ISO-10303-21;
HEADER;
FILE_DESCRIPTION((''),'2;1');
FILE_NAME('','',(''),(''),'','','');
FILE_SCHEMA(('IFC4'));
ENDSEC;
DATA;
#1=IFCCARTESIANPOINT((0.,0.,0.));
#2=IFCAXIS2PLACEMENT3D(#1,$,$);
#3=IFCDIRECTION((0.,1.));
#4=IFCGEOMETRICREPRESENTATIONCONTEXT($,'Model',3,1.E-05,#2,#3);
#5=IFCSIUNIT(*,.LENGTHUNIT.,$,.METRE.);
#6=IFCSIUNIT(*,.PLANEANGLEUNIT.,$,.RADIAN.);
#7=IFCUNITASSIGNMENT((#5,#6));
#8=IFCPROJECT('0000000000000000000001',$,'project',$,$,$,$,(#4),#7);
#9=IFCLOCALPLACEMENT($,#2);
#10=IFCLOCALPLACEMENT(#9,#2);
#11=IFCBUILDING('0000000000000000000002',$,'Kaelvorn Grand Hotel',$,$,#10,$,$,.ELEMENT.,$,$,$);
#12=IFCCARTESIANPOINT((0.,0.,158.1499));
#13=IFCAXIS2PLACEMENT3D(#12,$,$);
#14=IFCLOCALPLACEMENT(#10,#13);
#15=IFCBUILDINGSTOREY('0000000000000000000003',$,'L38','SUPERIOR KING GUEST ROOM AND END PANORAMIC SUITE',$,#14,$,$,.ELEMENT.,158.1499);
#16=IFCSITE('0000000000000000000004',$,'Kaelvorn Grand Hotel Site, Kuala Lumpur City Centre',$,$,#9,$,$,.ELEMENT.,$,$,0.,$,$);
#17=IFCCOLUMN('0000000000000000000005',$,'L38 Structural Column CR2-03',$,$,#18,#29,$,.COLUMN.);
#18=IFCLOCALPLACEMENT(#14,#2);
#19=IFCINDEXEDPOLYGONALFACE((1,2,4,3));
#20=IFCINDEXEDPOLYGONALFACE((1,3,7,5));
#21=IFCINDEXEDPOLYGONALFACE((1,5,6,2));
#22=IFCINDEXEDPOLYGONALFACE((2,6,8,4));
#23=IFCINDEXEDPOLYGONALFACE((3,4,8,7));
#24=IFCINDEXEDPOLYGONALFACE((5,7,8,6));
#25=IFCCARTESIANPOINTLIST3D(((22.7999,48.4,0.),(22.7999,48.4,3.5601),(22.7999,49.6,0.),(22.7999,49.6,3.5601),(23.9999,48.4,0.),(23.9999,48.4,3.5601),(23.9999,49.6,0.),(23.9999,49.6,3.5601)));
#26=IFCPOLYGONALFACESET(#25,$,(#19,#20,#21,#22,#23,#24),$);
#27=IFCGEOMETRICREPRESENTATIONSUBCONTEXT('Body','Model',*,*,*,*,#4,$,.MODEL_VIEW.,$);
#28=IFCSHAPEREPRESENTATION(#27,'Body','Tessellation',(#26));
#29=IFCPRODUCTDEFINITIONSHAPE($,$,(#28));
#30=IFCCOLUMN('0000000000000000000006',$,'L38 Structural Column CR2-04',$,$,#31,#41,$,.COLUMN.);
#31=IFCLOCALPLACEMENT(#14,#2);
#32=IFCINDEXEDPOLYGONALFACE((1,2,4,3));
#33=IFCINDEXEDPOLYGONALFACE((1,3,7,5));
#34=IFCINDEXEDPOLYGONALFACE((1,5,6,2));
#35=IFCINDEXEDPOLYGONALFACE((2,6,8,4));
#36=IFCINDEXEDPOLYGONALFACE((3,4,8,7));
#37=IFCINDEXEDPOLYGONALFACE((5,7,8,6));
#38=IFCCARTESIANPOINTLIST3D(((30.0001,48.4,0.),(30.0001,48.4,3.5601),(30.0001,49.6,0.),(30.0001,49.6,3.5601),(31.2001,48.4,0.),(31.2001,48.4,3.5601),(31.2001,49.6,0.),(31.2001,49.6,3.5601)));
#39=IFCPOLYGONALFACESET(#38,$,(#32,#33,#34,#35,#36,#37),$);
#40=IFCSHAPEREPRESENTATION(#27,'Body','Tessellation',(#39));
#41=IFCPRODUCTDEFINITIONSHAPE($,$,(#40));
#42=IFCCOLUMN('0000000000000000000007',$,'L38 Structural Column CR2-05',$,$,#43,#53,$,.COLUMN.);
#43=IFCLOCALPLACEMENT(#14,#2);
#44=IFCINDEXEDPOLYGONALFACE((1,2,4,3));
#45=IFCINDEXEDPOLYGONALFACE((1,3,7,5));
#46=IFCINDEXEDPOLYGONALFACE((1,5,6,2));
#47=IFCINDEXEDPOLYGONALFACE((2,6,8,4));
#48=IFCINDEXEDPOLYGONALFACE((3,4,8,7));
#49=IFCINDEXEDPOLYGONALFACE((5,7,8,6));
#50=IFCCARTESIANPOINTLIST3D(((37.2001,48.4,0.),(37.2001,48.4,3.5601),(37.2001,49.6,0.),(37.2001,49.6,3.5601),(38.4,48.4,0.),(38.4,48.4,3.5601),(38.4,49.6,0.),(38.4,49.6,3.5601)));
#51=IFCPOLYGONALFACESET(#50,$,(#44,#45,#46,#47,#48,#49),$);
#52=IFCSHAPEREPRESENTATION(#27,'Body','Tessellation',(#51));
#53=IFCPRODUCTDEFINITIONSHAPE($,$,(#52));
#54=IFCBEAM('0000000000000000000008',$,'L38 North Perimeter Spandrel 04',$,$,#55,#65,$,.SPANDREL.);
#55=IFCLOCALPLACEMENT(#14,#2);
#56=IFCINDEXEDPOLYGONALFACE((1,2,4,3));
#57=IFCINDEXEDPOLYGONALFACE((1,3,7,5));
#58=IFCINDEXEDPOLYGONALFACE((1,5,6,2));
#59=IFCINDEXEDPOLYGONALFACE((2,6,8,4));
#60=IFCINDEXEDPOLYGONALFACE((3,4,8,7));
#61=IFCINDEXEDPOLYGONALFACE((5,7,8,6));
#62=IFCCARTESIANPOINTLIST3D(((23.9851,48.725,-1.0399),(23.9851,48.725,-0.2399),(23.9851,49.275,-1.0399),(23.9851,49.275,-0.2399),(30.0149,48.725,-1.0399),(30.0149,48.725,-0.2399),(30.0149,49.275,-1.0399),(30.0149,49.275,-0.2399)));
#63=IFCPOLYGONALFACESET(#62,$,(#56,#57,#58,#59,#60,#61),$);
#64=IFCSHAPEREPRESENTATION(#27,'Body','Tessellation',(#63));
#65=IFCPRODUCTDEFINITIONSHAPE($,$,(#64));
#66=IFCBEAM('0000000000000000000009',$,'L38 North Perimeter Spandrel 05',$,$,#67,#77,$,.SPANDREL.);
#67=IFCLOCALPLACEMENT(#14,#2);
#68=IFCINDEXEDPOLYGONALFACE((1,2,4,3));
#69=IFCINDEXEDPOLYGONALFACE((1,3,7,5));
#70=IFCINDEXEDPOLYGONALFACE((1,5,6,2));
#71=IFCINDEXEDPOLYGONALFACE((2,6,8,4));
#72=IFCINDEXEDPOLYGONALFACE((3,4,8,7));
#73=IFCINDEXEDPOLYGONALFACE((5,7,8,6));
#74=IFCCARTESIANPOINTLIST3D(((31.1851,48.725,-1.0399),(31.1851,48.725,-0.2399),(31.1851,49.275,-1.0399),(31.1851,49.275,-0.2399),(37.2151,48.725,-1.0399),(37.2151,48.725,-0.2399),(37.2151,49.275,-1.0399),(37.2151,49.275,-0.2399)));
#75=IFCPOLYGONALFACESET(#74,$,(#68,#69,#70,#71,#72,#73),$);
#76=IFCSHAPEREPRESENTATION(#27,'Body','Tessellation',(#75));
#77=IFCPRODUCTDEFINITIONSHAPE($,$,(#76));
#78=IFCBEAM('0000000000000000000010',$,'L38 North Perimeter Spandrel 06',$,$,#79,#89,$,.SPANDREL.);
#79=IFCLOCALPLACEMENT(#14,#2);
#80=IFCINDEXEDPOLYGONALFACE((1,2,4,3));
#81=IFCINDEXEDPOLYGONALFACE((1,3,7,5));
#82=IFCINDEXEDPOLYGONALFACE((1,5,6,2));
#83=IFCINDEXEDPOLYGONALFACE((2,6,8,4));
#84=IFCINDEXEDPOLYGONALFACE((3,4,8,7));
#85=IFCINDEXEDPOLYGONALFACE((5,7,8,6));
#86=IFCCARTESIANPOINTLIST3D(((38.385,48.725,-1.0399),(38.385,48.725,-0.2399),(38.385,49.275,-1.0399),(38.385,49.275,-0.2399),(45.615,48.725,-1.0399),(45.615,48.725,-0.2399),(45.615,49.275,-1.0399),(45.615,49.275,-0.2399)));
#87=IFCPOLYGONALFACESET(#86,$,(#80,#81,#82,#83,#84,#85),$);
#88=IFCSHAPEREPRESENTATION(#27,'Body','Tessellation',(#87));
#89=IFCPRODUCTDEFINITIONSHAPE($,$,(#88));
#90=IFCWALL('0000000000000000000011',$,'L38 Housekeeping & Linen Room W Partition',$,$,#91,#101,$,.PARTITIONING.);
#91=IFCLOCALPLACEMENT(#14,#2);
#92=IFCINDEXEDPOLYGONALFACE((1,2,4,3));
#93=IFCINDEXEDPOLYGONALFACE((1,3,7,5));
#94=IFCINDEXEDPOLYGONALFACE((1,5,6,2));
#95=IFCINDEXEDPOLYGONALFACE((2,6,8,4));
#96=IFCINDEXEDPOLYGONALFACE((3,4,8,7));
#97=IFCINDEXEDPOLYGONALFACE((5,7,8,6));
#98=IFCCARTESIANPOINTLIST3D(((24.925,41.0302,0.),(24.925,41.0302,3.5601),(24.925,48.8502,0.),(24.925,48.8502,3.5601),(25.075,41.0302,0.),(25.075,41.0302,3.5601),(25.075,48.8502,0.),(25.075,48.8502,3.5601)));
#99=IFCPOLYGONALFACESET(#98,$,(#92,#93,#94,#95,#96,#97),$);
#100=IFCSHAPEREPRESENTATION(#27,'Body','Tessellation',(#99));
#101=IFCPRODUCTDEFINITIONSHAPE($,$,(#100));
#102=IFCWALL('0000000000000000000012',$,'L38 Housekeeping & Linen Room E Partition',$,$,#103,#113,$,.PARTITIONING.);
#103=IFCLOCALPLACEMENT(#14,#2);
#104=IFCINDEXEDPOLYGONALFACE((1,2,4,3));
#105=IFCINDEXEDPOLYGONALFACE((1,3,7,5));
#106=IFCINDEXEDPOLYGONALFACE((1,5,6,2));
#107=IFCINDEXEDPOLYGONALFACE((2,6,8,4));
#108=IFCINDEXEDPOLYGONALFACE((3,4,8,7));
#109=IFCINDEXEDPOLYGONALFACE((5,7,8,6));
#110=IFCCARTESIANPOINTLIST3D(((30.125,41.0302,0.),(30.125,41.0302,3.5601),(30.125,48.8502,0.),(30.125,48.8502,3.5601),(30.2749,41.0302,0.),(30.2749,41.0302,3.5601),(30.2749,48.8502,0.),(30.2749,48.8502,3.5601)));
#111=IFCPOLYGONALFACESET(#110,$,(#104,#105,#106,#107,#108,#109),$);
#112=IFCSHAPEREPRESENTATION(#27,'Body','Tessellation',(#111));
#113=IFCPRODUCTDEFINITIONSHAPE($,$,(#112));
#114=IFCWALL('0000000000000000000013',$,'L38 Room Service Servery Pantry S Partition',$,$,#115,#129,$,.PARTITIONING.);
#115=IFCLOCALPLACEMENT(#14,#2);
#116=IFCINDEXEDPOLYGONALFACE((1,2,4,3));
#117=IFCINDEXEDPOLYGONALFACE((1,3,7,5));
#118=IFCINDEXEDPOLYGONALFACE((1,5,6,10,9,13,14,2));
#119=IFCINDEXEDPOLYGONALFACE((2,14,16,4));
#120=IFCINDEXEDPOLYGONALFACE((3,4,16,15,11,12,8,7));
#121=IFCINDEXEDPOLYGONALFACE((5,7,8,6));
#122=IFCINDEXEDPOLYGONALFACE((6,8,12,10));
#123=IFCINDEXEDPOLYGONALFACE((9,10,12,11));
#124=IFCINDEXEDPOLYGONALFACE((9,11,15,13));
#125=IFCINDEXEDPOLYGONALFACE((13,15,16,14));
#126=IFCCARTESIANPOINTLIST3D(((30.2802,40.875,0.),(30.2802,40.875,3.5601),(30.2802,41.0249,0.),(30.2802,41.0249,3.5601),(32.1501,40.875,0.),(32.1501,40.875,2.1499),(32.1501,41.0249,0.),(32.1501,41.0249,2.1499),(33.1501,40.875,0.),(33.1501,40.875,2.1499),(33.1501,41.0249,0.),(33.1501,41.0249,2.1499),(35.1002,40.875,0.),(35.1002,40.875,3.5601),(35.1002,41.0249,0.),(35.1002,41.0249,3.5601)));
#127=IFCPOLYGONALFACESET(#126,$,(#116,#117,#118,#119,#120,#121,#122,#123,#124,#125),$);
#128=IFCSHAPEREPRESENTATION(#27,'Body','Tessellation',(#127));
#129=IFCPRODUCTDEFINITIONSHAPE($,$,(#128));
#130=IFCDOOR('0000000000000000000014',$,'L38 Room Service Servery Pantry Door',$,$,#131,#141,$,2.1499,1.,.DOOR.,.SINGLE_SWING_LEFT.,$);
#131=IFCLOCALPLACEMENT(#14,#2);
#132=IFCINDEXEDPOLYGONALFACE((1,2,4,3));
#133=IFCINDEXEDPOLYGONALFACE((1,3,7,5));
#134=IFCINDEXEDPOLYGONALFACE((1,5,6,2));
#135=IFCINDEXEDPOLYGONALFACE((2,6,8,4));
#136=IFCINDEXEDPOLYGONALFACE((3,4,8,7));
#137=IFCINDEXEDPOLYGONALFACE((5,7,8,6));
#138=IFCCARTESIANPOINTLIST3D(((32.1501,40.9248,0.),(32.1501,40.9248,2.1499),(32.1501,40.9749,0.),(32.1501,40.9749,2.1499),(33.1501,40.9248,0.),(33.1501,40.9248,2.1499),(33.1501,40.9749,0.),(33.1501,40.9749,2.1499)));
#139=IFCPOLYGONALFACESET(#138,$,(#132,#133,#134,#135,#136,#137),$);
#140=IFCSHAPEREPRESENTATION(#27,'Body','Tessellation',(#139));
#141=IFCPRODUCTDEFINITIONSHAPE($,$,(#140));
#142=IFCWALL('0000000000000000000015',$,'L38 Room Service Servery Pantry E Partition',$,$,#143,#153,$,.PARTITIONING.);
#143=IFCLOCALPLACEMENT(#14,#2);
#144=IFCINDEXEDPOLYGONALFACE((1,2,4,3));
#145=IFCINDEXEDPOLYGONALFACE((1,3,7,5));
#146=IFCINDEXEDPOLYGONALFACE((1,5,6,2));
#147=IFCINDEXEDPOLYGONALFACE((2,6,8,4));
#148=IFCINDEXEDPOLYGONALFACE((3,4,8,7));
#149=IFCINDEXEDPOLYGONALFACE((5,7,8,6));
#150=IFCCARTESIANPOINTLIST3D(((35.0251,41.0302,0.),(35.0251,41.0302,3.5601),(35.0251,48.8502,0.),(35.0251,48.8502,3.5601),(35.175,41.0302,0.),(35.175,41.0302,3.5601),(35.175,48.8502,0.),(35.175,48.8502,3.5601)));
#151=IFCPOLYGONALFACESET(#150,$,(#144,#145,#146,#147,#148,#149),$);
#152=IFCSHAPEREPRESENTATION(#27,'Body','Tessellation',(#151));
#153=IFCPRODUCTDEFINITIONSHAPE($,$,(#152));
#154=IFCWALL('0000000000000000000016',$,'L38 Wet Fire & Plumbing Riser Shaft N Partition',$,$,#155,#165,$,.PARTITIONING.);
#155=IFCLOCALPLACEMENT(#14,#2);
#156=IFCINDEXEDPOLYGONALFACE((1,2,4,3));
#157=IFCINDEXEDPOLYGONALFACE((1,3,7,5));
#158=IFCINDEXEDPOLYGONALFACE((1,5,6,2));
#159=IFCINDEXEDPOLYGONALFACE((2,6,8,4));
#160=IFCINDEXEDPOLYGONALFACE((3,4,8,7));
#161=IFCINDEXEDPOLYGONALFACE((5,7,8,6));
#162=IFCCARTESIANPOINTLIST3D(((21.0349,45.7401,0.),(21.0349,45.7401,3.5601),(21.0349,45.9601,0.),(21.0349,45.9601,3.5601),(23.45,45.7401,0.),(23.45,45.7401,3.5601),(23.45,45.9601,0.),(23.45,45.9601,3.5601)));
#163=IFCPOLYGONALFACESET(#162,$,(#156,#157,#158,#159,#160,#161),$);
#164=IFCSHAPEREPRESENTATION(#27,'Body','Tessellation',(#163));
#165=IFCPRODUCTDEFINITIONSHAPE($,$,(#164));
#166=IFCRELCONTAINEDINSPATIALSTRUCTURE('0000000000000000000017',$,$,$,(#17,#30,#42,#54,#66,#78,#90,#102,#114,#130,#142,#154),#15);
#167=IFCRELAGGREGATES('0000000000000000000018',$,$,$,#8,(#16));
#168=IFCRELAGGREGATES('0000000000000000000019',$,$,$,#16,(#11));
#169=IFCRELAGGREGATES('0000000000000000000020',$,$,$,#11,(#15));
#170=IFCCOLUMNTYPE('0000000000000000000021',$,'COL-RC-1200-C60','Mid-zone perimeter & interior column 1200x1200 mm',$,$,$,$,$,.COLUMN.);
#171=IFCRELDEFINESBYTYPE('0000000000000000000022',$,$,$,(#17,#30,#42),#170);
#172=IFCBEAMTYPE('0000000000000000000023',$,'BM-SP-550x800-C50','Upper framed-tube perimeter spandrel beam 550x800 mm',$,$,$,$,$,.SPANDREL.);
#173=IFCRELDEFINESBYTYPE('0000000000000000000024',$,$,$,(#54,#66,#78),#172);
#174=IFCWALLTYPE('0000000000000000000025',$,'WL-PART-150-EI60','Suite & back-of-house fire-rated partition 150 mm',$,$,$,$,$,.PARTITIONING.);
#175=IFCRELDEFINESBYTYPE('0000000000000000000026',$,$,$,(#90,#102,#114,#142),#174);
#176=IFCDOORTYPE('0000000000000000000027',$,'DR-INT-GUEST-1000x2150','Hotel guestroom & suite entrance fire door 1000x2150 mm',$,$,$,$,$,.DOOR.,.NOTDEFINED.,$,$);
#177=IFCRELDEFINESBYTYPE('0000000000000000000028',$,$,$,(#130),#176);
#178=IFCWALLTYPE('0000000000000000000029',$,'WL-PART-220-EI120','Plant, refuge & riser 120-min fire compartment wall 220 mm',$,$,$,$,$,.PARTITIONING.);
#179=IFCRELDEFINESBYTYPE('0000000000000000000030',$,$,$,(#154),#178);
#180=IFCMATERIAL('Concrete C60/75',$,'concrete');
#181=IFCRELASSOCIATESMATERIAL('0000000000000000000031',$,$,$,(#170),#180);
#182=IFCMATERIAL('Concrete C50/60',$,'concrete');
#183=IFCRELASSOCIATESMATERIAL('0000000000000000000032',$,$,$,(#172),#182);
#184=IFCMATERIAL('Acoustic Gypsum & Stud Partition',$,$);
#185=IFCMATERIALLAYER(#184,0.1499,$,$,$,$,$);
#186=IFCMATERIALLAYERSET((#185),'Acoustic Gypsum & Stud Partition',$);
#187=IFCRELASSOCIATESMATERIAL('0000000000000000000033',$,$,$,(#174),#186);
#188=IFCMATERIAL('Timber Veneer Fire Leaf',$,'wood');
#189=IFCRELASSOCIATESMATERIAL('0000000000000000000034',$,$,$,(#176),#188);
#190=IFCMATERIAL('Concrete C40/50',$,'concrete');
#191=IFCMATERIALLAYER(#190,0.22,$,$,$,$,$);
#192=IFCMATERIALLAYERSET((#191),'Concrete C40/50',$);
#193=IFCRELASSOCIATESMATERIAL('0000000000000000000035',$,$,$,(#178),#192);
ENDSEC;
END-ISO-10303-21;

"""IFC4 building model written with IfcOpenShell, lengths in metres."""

from ifc_helpers import new_model, si_unit, direction, frame, frame_2d, origin, origin_2d, place, context, subcontext, project, spatial, rectangle, extrude, material, layer, layer_set, material_profile, profile_set, type_object, element, fill, save


model = new_model("IFC4")

# Units and contexts
model_context = context("Model", 3, precision=1e-05, world=origin(), true_north=direction((0.0, 1.0)))
body_context = subcontext(model_context, "Body", "Model", "MODEL_VIEW")
ifc_project = project(units=[si_unit("LENGTHUNIT", "METRE"), si_unit("PLANEANGLEUNIT", "RADIAN")], contexts=[model_context])

# Site, building, storey
site_placement = place(None, origin())
site = spatial("IfcSite", under=ifc_project, at=site_placement, Name="Kaelvorn Grand Hotel Site, Kuala Lumpur City Centre", CompositionType="ELEMENT", RefElevation=0.0)
building_placement = place(site_placement, origin())
building = spatial("IfcBuilding", under=site, at=building_placement, Name="Kaelvorn Grand Hotel", CompositionType="ELEMENT")
storey_placement = place(building_placement, frame((0.0, 0.0, 158.1499)))
storey = spatial("IfcBuildingStorey", under=building, at=storey_placement, Name="L38", Description="SUPERIOR KING GUEST ROOM AND END PANORAMIC SUITE", CompositionType="ELEMENT", Elevation=158.1499)

# Columns
ifc_material_1 = material(Name="Concrete C60/75", Category="concrete")
ifc_material_profile_1 = material_profile(ifc_material_1, rectangle(XDim=1.2, YDim=1.2, at=origin_2d()), Name="RC COL 1200x1200")
ifc_profile_set_1 = profile_set([ifc_material_profile_1], Name="Concrete C60/75")
column_type = type_object("IfcColumnType", Name="COL-RC-1200-C60", Description="Mid-zone perimeter & interior column 1200x1200 mm", PredefinedType="COLUMN", material=ifc_profile_set_1)
for number, where, z_axis, x_axis, name in (
    (1, (23.3999, 49.0, 0.0), (0.0, 0.0, 1.0), (1.0, 0.0, 0.0), "L38 Structural Column CR2-03"),
    (2, (30.6001, 49.0, 0.0), (0.0, 0.0, 1.0), (1.0, 0.0, 0.0), "L38 Structural Column CR2-04"),
    (3, (37.8, 49.0, 0.0), (0.0, 0.0, 1.0), (1.0, 0.0, 0.0), "L38 Structural Column CR2-05"),
):
    element("IfcColumn", number, at=place(storey_placement, frame(where, z_axis=z_axis, x_axis=x_axis)), inside=storey, type_object=column_type, Name=name, PredefinedType="COLUMN", context=body_context, shape_type="SweptSolid", body=[
        extrude(rectangle(XDim=1.2, YDim=1.2, at=origin_2d()), origin(), (0.0, 0.0, 1.0), 3.5601),
    ])

# Beams
ifc_material_2 = material(Name="Concrete C50/60", Category="concrete")
ifc_material_profile_2 = material_profile(ifc_material_2, rectangle(XDim=0.55, YDim=0.8, at=origin_2d()), Name="RC SPANDREL 550x800")
ifc_profile_set_2 = profile_set([ifc_material_profile_2], Name="Concrete C50/60")
beam_type = type_object("IfcBeamType", Name="BM-SP-550x800-C50", Description="Upper framed-tube perimeter spandrel beam 550x800 mm", PredefinedType="SPANDREL", material=ifc_profile_set_2)
beam_1_placement = place(storey_placement, frame((23.9851, 49.0, -0.6399), z_axis=(1.0, 0.0, 0.0), x_axis=(0.0, 1.0, 0.0)))
element("IfcBeam", 4, at=beam_1_placement, inside=storey, type_object=beam_type, Name="L38 North Perimeter Spandrel 04", PredefinedType="SPANDREL", context=body_context, shape_type="SweptSolid", body=[
    extrude(rectangle(XDim=0.55, YDim=0.8, at=origin_2d()), origin(), (0.0, 0.0, 1.0), 6.0298),
])
beam_2_placement = place(storey_placement, frame((31.1851, 49.0, -0.6399), z_axis=(1.0, 0.0, 0.0), x_axis=(0.0, 1.0, 0.0)))
element("IfcBeam", 5, at=beam_2_placement, inside=storey, type_object=beam_type, Name="L38 North Perimeter Spandrel 05", PredefinedType="SPANDREL", context=body_context, shape_type="SweptSolid", body=[
    extrude(rectangle(XDim=0.55, YDim=0.8, at=origin_2d()), origin(), (0.0, 0.0, 1.0), 6.03),
])
beam_3_placement = place(storey_placement, frame((38.385, 49.0, -0.6399), z_axis=(1.0, 0.0, 0.0), x_axis=(0.0, 1.0, 0.0)))
element("IfcBeam", 6, at=beam_3_placement, inside=storey, type_object=beam_type, Name="L38 North Perimeter Spandrel 06", PredefinedType="SPANDREL", context=body_context, shape_type="SweptSolid", body=[
    extrude(rectangle(XDim=0.55, YDim=0.8, at=origin_2d()), origin(), (0.0, 0.0, 1.0), 7.23),
])

# Walls
ifc_material_3 = material(Name="Acoustic Gypsum & Stud Partition")
ifc_layer_1 = layer(ifc_material_3, 0.1499)
ifc_layer_set_1 = layer_set([ifc_layer_1], Name="Acoustic Gypsum & Stud Partition")
wall_type_1 = type_object("IfcWallType", Name="WL-PART-150-EI60", Description="Suite & back-of-house fire-rated partition 150 mm", PredefinedType="PARTITIONING", material=ifc_layer_set_1)
for number, where, z_axis, x_axis, name in (
    (7, (25.0, 41.03, 0.0), (0.0, 0.0, 1.0), (0.0, 1.0, 0.0), "L38 Housekeeping & Linen Room W Partition"),
    (8, (30.2, 41.03, 0.0), (0.0, 0.0, 1.0), (0.0, 1.0, 0.0), "L38 Housekeeping & Linen Room E Partition"),
):
    element("IfcWall", number, at=place(storey_placement, frame(where, z_axis=z_axis, x_axis=x_axis)), inside=storey, type_object=wall_type_1, Name=name, PredefinedType="PARTITIONING", context=body_context, shape_type="SweptSolid", body=[
        extrude(rectangle(XDim=7.8201, YDim=0.1499, at=frame_2d((3.9102, 0.0))), origin(), (0.0, 0.0, 1.0), 3.5601),
    ])

# Wall, opening, door
wall_1_placement = place(storey_placement, frame((30.28, 40.95, 0.0), z_axis=(0.0, 0.0, 1.0), x_axis=(1.0, 0.0, 0.0)))
wall_1 = element("IfcWall", 9, at=wall_1_placement, inside=storey, type_object=wall_type_1, Name="L38 Room Service Servery Pantry S Partition", PredefinedType="PARTITIONING", context=body_context, shape_type="SweptSolid", body=[
    extrude(rectangle(XDim=4.8201, YDim=0.1499, at=frame_2d((2.4102, 0.0))), origin(), (0.0, 0.0, 1.0), 3.5601),
])
opening_1_placement = place(wall_1_placement, frame((1.8701, 0.0, 0.0)))
opening_1 = element("IfcOpeningElement", 10, at=opening_1_placement, cuts=wall_1, PredefinedType="OPENING", context=body_context, shape_type="SweptSolid", body=[
    extrude(rectangle(XDim=1.0, YDim=2.1499, at=frame_2d((0.5, 1.075))), frame((0.0, 0.085, 0.0), z_axis=(0.0, -1.0, 0.0), x_axis=(1.0, 0.0, 0.0)), (0.0, 0.0, 1.0), 0.1699),
])
ifc_material_4 = material(Name="Timber Veneer Fire Leaf", Category="wood")
door_type_1 = type_object("IfcDoorType", Name="DR-INT-GUEST-1000x2150", Description="Hotel guestroom & suite entrance fire door 1000x2150 mm", OperationType="NOTDEFINED", PredefinedType="DOOR", material=ifc_material_4)
door_1_placement = place(opening_1_placement, origin())
door_1 = element("IfcDoor", 11, at=door_1_placement, inside=storey, type_object=door_type_1, Name="L38 Room Service Servery Pantry Door", OperationType="SINGLE_SWING_LEFT", OverallHeight=2.1499, OverallWidth=1.0, PredefinedType="DOOR", context=body_context, shape_type="SweptSolid", body=[
    extrude(rectangle(XDim=1.0, YDim=2.1499, at=frame_2d((0.5, 1.075))), frame((0.0, 0.0249, 0.0), z_axis=(0.0, -1.0, 0.0), x_axis=(1.0, 0.0, 0.0)), (0.0, 0.0, 1.0), 0.05),
])
fill(opening_1, door_1)

# Walls
wall_2_placement = place(storey_placement, frame((35.1001, 41.03, 0.0), z_axis=(0.0, 0.0, 1.0), x_axis=(0.0, 1.0, 0.0)))
element("IfcWall", 12, at=wall_2_placement, inside=storey, type_object=wall_type_1, Name="L38 Room Service Servery Pantry E Partition", PredefinedType="PARTITIONING", context=body_context, shape_type="SweptSolid", body=[
    extrude(rectangle(XDim=7.8201, YDim=0.1499, at=frame_2d((3.9102, 0.0))), origin(), (0.0, 0.0, 1.0), 3.5601),
])
ifc_material_5 = material(Name="Concrete C40/50", Category="concrete")
ifc_layer_2 = layer(ifc_material_5, 0.22)
ifc_layer_set_2 = layer_set([ifc_layer_2], Name="Concrete C40/50")
wall_type_2 = type_object("IfcWallType", Name="WL-PART-220-EI120", Description="Plant, refuge & riser 120-min fire compartment wall 220 mm", PredefinedType="PARTITIONING", material=ifc_layer_set_2)
wall_3_placement = place(storey_placement, frame((21.0349, 45.8501, 0.0), z_axis=(0.0, 0.0, 1.0), x_axis=(1.0, 0.0, 0.0)))
element("IfcWall", 13, at=wall_3_placement, inside=storey, type_object=wall_type_2, Name="L38 Wet Fire & Plumbing Riser Shaft N Partition", PredefinedType="PARTITIONING", context=body_context, shape_type="SweptSolid", body=[
    extrude(rectangle(XDim=2.415, YDim=0.22, at=frame_2d((1.2075, 0.0))), origin(), (0.0, 0.0, 1.0), 3.5601),
])

save(model, "model.ifc")
